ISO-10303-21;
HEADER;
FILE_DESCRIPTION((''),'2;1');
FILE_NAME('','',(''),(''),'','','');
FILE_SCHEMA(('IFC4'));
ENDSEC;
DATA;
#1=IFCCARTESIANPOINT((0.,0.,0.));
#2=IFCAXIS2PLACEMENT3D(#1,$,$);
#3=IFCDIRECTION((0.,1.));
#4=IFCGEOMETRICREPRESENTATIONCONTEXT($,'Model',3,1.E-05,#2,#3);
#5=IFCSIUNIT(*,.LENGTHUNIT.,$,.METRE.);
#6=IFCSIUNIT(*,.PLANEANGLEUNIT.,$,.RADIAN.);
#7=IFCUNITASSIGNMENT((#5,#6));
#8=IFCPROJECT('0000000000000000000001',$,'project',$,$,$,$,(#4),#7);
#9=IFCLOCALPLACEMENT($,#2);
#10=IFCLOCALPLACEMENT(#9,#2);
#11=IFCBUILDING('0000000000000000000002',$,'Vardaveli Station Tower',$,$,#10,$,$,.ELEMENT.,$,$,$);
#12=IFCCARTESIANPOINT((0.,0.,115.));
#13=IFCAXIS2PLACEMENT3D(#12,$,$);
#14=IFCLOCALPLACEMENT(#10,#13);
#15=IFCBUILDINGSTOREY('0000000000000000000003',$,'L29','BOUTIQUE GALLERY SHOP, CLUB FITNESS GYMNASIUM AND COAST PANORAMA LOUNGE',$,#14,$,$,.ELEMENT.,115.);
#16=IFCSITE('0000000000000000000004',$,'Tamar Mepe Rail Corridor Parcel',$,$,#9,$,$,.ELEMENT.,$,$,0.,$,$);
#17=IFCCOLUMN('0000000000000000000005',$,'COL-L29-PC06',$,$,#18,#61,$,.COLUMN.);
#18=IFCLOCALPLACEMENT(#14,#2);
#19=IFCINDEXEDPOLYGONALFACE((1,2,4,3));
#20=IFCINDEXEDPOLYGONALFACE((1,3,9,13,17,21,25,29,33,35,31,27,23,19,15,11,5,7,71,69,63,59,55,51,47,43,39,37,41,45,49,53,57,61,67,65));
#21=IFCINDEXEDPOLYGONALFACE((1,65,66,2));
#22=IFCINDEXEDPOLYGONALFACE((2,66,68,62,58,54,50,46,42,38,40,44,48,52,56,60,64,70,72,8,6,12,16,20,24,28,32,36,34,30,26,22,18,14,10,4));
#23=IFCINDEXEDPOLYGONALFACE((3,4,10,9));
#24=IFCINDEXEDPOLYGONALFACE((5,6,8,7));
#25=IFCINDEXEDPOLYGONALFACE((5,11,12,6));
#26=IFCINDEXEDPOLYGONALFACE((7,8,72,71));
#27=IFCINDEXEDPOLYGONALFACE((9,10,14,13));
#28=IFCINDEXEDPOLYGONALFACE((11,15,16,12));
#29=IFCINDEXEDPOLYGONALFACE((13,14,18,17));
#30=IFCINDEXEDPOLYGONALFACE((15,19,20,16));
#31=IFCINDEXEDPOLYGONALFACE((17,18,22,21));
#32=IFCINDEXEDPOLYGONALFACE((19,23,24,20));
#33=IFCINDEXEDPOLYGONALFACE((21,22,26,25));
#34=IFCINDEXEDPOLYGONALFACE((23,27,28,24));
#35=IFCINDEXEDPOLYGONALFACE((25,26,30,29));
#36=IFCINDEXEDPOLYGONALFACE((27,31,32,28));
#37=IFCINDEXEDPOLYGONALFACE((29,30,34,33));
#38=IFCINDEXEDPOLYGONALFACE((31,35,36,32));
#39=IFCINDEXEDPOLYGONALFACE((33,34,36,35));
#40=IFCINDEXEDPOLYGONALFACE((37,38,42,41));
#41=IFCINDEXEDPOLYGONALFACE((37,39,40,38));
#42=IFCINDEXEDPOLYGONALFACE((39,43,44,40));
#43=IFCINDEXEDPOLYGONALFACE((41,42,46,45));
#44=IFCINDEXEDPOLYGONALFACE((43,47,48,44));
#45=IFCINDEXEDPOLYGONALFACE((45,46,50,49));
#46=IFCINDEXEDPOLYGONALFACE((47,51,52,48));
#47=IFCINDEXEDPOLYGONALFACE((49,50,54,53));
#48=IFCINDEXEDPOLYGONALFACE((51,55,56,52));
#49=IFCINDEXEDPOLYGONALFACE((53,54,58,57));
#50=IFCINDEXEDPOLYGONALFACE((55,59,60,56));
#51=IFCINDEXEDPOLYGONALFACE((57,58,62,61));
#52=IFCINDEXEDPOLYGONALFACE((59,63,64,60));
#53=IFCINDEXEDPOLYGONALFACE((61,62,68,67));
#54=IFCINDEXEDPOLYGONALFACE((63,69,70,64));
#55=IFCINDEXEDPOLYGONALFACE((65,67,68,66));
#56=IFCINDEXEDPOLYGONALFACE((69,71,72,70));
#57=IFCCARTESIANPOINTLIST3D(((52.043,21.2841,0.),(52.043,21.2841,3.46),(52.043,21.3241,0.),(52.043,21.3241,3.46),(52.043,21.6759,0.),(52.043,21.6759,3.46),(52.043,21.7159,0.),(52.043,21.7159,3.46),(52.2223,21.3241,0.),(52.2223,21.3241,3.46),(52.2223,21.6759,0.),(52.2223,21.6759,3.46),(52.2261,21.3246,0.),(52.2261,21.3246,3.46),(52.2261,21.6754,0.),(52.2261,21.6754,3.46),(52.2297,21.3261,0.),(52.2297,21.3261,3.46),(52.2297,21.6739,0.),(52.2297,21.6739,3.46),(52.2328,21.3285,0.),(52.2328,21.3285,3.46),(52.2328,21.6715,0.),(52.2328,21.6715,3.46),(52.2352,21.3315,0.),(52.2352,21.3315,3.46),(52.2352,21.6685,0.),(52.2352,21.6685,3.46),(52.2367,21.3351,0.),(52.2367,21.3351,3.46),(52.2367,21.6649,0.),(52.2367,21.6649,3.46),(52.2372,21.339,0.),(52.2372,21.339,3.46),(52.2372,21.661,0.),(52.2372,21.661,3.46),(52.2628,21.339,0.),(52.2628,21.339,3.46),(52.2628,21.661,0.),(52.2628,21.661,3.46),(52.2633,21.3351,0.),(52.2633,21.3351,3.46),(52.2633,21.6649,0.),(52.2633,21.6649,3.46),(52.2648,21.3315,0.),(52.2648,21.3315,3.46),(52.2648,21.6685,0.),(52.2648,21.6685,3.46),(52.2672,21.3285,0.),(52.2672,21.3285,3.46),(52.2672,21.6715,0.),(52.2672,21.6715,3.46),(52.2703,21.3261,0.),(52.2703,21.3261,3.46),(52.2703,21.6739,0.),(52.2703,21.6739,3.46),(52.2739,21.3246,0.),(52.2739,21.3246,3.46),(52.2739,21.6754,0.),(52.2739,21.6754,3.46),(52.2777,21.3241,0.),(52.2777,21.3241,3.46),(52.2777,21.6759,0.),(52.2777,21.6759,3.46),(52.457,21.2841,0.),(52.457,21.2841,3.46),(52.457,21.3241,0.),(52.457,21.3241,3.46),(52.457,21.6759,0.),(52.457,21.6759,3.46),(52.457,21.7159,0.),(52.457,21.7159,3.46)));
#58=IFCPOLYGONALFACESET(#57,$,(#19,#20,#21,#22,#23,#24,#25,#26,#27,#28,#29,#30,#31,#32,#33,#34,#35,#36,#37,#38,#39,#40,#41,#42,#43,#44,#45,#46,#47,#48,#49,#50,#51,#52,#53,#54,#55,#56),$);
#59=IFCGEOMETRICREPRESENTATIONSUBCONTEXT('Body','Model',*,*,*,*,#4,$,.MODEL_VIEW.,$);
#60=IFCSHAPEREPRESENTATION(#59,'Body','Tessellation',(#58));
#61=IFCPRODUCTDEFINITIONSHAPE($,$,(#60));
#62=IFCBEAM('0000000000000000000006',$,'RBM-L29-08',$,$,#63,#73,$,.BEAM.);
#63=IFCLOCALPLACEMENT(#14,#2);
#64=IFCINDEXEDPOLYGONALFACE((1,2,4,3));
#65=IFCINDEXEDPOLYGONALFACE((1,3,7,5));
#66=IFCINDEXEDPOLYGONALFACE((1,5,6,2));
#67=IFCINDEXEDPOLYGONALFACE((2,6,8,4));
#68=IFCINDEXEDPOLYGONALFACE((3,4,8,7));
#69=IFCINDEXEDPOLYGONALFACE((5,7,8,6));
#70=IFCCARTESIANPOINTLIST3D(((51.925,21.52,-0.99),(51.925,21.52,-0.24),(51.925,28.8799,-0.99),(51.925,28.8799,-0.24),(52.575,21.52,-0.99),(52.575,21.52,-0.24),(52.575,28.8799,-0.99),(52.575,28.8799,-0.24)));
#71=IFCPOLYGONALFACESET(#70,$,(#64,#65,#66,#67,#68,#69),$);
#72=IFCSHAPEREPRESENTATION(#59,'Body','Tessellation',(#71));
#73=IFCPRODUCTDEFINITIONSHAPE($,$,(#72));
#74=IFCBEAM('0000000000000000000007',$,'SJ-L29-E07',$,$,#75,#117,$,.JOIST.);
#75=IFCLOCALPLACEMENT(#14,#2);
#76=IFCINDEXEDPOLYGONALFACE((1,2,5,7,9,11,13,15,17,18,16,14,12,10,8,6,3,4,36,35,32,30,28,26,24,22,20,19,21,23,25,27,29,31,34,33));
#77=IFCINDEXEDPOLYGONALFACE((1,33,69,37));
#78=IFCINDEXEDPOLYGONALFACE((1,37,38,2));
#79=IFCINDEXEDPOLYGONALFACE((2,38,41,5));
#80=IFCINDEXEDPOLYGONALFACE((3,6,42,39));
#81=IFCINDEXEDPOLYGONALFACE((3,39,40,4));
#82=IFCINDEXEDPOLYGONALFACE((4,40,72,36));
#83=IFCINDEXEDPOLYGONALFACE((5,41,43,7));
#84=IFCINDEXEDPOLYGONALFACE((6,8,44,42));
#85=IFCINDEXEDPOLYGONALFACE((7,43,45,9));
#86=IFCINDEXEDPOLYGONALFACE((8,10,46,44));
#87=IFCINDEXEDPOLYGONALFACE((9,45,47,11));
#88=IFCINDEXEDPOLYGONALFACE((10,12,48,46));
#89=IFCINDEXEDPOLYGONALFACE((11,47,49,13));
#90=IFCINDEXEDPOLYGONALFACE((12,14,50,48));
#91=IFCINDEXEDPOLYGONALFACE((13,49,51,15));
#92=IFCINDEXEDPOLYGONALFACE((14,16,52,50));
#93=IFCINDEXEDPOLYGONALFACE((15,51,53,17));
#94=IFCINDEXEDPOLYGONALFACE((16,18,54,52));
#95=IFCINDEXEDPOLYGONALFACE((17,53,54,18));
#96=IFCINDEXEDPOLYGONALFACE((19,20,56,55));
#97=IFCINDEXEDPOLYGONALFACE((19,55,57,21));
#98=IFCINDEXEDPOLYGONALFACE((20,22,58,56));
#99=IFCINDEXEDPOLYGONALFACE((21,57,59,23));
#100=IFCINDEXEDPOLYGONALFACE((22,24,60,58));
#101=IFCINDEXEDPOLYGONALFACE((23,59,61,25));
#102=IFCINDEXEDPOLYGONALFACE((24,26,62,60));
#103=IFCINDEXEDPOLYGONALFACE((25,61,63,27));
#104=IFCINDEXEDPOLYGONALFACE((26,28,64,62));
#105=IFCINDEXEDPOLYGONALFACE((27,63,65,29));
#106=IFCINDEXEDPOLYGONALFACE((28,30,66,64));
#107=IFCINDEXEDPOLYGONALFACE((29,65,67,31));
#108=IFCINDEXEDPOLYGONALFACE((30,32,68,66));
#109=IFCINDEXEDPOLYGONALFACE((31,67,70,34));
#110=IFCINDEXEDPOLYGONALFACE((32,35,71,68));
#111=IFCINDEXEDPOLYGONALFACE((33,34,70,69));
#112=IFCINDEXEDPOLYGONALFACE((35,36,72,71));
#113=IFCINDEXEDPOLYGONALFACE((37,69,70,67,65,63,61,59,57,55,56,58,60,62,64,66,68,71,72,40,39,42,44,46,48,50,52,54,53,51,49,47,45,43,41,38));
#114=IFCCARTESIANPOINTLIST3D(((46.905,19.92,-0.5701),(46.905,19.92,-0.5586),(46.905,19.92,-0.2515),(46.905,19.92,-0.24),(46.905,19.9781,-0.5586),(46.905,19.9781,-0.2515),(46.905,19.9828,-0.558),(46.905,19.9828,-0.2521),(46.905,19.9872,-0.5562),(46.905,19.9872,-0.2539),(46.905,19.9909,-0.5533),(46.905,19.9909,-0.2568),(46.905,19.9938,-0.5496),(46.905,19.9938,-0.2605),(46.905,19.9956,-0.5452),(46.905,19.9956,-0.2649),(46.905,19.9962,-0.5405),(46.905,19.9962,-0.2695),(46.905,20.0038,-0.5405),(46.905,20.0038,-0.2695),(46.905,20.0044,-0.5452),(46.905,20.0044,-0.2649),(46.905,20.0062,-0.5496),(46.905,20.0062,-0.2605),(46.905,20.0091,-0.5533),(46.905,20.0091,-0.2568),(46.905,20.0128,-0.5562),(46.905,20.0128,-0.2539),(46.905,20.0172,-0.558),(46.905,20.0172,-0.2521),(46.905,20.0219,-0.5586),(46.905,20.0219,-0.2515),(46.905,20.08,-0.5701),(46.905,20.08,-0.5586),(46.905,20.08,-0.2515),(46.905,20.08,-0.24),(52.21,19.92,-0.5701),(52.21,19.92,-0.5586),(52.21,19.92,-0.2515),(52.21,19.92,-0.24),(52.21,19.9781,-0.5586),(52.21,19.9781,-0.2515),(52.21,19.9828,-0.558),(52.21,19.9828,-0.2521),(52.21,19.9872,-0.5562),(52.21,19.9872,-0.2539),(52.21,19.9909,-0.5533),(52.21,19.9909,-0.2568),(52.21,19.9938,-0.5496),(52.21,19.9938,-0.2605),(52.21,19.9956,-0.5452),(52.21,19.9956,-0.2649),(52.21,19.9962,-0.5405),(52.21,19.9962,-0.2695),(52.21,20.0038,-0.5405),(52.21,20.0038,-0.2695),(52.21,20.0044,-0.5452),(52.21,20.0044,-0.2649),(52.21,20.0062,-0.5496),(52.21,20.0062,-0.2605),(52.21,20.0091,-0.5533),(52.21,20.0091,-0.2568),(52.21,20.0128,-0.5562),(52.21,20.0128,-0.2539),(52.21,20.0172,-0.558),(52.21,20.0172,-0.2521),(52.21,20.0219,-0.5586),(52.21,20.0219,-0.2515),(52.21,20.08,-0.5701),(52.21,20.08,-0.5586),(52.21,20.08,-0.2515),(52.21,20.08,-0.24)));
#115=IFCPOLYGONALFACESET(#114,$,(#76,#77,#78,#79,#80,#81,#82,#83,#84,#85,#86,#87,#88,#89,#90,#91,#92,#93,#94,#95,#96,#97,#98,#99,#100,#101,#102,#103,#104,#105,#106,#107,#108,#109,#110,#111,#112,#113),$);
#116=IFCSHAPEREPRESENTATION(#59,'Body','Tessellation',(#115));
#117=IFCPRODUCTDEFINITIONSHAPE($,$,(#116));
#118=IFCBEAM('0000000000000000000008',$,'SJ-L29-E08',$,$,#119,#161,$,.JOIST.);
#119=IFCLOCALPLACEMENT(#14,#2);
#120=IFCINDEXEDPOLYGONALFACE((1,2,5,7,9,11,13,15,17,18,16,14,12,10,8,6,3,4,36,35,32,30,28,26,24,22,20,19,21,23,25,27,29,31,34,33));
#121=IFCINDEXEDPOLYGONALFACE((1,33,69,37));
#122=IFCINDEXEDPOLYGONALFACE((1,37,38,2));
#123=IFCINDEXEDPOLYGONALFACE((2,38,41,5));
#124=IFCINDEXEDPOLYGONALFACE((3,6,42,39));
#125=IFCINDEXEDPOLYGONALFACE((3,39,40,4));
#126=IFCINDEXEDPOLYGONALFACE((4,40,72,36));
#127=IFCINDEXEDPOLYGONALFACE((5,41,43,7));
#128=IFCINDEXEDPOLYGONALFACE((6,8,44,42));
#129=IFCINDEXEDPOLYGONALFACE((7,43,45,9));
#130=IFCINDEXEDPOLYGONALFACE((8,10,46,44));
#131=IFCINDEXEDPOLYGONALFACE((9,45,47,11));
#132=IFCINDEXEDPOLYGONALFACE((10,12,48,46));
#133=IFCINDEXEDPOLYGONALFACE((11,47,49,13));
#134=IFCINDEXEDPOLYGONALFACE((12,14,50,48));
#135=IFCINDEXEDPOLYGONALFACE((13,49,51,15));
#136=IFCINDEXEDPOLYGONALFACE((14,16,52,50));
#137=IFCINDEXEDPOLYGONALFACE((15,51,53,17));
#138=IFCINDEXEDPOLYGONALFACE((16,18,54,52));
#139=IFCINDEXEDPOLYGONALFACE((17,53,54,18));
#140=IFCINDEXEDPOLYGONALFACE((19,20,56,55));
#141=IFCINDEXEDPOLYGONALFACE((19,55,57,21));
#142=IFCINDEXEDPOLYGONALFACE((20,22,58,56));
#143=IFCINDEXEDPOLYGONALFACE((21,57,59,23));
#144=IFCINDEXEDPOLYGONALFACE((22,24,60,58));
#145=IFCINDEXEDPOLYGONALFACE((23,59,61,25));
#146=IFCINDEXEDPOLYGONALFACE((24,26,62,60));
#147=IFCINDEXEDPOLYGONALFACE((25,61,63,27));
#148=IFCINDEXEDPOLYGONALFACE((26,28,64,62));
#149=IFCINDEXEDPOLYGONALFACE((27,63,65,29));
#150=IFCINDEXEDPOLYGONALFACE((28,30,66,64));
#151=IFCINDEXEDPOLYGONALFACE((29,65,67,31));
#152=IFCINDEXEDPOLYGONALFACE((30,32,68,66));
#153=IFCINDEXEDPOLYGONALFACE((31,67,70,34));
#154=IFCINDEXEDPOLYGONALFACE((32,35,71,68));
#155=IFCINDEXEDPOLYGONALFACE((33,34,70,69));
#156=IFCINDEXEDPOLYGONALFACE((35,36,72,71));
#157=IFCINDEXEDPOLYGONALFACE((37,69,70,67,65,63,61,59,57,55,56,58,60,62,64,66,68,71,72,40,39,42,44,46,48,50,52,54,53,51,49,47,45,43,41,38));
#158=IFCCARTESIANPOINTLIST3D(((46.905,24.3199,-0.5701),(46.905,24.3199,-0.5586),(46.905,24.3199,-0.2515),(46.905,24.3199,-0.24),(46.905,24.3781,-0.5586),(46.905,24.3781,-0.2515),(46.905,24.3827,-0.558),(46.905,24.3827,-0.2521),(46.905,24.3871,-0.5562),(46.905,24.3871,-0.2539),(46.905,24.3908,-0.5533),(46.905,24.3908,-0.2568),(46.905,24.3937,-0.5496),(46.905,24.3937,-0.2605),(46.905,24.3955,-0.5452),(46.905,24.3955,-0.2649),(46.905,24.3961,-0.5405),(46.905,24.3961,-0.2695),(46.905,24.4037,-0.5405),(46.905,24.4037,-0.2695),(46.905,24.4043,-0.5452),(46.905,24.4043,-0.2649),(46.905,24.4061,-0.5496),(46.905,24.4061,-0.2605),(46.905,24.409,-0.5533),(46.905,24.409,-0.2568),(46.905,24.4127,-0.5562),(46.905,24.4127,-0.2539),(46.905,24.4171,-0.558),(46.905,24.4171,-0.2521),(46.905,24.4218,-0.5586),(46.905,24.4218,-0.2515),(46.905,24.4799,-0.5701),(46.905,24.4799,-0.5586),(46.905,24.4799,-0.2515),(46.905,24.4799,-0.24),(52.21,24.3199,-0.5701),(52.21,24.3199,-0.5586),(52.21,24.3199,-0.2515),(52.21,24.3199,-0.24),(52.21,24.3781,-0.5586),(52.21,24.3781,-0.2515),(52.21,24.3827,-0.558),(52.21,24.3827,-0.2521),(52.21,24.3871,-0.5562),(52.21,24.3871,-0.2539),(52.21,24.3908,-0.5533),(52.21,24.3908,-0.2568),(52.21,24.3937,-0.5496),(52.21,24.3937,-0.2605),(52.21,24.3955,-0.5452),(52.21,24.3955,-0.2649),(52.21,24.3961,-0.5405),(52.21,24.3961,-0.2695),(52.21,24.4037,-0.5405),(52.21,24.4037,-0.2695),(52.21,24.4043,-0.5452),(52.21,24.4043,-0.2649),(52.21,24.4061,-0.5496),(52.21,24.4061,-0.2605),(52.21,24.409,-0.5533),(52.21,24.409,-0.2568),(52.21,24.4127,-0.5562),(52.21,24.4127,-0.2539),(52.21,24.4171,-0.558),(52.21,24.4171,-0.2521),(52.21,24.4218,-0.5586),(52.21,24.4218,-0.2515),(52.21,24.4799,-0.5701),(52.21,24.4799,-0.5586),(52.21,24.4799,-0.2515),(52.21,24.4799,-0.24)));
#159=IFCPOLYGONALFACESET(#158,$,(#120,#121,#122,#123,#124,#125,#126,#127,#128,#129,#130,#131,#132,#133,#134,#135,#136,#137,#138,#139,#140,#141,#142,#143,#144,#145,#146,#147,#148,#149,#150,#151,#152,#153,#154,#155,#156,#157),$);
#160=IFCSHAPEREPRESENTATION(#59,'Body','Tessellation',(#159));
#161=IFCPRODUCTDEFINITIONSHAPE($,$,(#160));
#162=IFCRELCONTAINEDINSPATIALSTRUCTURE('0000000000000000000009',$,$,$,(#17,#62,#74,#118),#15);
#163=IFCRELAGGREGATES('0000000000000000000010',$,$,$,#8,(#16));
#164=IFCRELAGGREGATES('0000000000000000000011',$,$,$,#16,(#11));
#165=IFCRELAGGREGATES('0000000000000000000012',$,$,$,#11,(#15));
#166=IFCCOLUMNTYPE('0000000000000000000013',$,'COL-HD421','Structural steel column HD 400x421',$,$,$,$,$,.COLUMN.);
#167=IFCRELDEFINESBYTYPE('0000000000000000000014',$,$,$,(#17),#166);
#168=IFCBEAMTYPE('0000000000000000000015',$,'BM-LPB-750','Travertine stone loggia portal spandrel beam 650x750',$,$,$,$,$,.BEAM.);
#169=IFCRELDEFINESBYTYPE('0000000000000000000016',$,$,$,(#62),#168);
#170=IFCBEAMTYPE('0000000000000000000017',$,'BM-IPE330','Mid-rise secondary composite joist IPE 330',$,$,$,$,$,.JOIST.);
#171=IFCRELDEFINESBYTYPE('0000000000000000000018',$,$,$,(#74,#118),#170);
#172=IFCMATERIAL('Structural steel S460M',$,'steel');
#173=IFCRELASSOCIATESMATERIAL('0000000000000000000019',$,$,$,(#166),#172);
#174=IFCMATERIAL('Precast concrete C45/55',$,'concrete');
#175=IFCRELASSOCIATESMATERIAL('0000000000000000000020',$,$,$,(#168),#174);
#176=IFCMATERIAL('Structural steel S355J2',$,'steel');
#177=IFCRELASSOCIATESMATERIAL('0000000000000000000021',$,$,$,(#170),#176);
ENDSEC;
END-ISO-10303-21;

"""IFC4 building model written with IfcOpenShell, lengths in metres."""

from ifc_helpers import new_model, si_unit, direction, frame, origin, origin_2d, place, context, subcontext, project, spatial, rectangle, i_section, extrude, source, transform, mapped, material, material_profile, profile_set, type_object, element, save


model = new_model("IFC4")

# Units and contexts
model_context = context("Model", 3, precision=1e-05, world=origin(), true_north=direction((0.0, 1.0)))
body_context = subcontext(model_context, "Body", "Model", "MODEL_VIEW")
ifc_project = project(units=[si_unit("LENGTHUNIT", "METRE"), si_unit("PLANEANGLEUNIT", "RADIAN")], contexts=[model_context])

# Site, building, storey
site_placement = place(None, origin())
site = spatial("IfcSite", under=ifc_project, at=site_placement, Name="Tamar Mepe Rail Corridor Parcel", CompositionType="ELEMENT", RefElevation=0.0)
building_placement = place(site_placement, origin())
building = spatial("IfcBuilding", under=site, at=building_placement, Name="Vardaveli Station Tower", CompositionType="ELEMENT")
storey_placement = place(building_placement, frame((0.0, 0.0, 115.0)))
storey = spatial("IfcBuildingStorey", under=building, at=storey_placement, Name="L29", Description="BOUTIQUE GALLERY SHOP, CLUB FITNESS GYMNASIUM AND COAST PANORAMA LOUNGE", CompositionType="ELEMENT", Elevation=115.0)

# Column
ifc_material_1 = material(Name="Structural steel S460M", Category="steel")
ifc_material_profile_1 = material_profile(ifc_material_1, i_section(OverallWidth=0.4141, OverallDepth=0.4319, WebThickness=0.0256, FlangeThickness=0.04, FilletRadius=0.0149, at=origin_2d()), Name="HD 400x421")
ifc_profile_set_1 = profile_set([ifc_material_profile_1], Name="Structural steel S460M")
column_type = type_object("IfcColumnType", Name="COL-HD421", Description="Structural steel column HD 400x421", PredefinedType="COLUMN", material=ifc_profile_set_1)
shared_shape_1 = source(origin(), body_context, "Body", "SweptSolid", [
    extrude(i_section(OverallWidth=0.4141, OverallDepth=0.4319, WebThickness=0.0256, FlangeThickness=0.04, FilletRadius=0.0149, at=origin_2d()), origin(), (0.0, 0.0, 1.0), 3.46),
])
column_placement = place(storey_placement, frame((52.25, 21.5, 0.0), z_axis=(0.0, 0.0, 1.0), x_axis=(1.0, 0.0, 0.0)))
element("IfcColumn", 1, at=column_placement, inside=storey, type_object=column_type, Name="COL-L29-PC06", PredefinedType="COLUMN", context=body_context, shape_type="MappedRepresentation", body=[
    mapped(shared_shape_1, transform((0.0, 0.0, 0.0), scale=1.0)),
])

# Beams
ifc_material_2 = material(Name="Precast concrete C45/55", Category="concrete")
ifc_material_profile_2 = material_profile(ifc_material_2, rectangle(XDim=0.6499, YDim=0.75, at=origin_2d()), Name="LPB 650x750")
ifc_profile_set_2 = profile_set([ifc_material_profile_2], Name="Precast concrete C45/55")
beam_type_1 = type_object("IfcBeamType", Name="BM-LPB-750", Description="Travertine stone loggia portal spandrel beam 650x750", PredefinedType="BEAM", material=ifc_profile_set_2)
shared_shape_2 = source(origin(), body_context, "Body", "SweptSolid", [
    extrude(rectangle(XDim=0.6499, YDim=0.75, at=origin_2d()), origin(), (0.0, 0.0, 1.0), 7.3599),
])
beam_1_placement = place(storey_placement, frame((52.25, 21.52, -0.615), z_axis=(0.0, 1.0, 0.0), x_axis=(-1.0, 0.0, 0.0)))
element("IfcBeam", 2, at=beam_1_placement, inside=storey, type_object=beam_type_1, Name="RBM-L29-08", PredefinedType="BEAM", context=body_context, shape_type="MappedRepresentation", body=[
    mapped(shared_shape_2, transform((0.0, 0.0, 0.0), scale=1.0)),
])
ifc_material_3 = material(Name="Structural steel S355J2", Category="steel")
ifc_material_profile_3 = material_profile(ifc_material_3, i_section(OverallWidth=0.1599, OverallDepth=0.3301, WebThickness=0.0076, FlangeThickness=0.0115, FilletRadius=0.0181, at=origin_2d()), Name="IPE 330")
ifc_profile_set_3 = profile_set([ifc_material_profile_3], Name="Structural steel S355J2")
beam_type_2 = type_object("IfcBeamType", Name="BM-IPE330", Description="Mid-rise secondary composite joist IPE 330", PredefinedType="JOIST", material=ifc_profile_set_3)
shared_shape_3 = source(origin(), body_context, "Body", "SweptSolid", [
    extrude(i_section(OverallWidth=0.1599, OverallDepth=0.3301, WebThickness=0.0076, FlangeThickness=0.0115, FilletRadius=0.0181, at=origin_2d()), origin(), (0.0, 0.0, 1.0), 5.3049),
])
for number, where, z_axis, x_axis, name in (
    (3, (46.905, 20.0, -0.405), (1.0, 0.0, 0.0), (0.0, 1.0, 0.0), "SJ-L29-E07"),
    (4, (46.905, 24.3999, -0.405), (1.0, 0.0, 0.0), (0.0, 1.0, 0.0), "SJ-L29-E08"),
):
    element("IfcBeam", number, at=place(storey_placement, frame(where, z_axis=z_axis, x_axis=x_axis)), inside=storey, type_object=beam_type_2, Name=name, PredefinedType="JOIST", context=body_context, shape_type="MappedRepresentation", body=[
        mapped(shared_shape_3, transform((0.0, 0.0, 0.0), scale=1.0)),
    ])

save(model, "model.ifc")
